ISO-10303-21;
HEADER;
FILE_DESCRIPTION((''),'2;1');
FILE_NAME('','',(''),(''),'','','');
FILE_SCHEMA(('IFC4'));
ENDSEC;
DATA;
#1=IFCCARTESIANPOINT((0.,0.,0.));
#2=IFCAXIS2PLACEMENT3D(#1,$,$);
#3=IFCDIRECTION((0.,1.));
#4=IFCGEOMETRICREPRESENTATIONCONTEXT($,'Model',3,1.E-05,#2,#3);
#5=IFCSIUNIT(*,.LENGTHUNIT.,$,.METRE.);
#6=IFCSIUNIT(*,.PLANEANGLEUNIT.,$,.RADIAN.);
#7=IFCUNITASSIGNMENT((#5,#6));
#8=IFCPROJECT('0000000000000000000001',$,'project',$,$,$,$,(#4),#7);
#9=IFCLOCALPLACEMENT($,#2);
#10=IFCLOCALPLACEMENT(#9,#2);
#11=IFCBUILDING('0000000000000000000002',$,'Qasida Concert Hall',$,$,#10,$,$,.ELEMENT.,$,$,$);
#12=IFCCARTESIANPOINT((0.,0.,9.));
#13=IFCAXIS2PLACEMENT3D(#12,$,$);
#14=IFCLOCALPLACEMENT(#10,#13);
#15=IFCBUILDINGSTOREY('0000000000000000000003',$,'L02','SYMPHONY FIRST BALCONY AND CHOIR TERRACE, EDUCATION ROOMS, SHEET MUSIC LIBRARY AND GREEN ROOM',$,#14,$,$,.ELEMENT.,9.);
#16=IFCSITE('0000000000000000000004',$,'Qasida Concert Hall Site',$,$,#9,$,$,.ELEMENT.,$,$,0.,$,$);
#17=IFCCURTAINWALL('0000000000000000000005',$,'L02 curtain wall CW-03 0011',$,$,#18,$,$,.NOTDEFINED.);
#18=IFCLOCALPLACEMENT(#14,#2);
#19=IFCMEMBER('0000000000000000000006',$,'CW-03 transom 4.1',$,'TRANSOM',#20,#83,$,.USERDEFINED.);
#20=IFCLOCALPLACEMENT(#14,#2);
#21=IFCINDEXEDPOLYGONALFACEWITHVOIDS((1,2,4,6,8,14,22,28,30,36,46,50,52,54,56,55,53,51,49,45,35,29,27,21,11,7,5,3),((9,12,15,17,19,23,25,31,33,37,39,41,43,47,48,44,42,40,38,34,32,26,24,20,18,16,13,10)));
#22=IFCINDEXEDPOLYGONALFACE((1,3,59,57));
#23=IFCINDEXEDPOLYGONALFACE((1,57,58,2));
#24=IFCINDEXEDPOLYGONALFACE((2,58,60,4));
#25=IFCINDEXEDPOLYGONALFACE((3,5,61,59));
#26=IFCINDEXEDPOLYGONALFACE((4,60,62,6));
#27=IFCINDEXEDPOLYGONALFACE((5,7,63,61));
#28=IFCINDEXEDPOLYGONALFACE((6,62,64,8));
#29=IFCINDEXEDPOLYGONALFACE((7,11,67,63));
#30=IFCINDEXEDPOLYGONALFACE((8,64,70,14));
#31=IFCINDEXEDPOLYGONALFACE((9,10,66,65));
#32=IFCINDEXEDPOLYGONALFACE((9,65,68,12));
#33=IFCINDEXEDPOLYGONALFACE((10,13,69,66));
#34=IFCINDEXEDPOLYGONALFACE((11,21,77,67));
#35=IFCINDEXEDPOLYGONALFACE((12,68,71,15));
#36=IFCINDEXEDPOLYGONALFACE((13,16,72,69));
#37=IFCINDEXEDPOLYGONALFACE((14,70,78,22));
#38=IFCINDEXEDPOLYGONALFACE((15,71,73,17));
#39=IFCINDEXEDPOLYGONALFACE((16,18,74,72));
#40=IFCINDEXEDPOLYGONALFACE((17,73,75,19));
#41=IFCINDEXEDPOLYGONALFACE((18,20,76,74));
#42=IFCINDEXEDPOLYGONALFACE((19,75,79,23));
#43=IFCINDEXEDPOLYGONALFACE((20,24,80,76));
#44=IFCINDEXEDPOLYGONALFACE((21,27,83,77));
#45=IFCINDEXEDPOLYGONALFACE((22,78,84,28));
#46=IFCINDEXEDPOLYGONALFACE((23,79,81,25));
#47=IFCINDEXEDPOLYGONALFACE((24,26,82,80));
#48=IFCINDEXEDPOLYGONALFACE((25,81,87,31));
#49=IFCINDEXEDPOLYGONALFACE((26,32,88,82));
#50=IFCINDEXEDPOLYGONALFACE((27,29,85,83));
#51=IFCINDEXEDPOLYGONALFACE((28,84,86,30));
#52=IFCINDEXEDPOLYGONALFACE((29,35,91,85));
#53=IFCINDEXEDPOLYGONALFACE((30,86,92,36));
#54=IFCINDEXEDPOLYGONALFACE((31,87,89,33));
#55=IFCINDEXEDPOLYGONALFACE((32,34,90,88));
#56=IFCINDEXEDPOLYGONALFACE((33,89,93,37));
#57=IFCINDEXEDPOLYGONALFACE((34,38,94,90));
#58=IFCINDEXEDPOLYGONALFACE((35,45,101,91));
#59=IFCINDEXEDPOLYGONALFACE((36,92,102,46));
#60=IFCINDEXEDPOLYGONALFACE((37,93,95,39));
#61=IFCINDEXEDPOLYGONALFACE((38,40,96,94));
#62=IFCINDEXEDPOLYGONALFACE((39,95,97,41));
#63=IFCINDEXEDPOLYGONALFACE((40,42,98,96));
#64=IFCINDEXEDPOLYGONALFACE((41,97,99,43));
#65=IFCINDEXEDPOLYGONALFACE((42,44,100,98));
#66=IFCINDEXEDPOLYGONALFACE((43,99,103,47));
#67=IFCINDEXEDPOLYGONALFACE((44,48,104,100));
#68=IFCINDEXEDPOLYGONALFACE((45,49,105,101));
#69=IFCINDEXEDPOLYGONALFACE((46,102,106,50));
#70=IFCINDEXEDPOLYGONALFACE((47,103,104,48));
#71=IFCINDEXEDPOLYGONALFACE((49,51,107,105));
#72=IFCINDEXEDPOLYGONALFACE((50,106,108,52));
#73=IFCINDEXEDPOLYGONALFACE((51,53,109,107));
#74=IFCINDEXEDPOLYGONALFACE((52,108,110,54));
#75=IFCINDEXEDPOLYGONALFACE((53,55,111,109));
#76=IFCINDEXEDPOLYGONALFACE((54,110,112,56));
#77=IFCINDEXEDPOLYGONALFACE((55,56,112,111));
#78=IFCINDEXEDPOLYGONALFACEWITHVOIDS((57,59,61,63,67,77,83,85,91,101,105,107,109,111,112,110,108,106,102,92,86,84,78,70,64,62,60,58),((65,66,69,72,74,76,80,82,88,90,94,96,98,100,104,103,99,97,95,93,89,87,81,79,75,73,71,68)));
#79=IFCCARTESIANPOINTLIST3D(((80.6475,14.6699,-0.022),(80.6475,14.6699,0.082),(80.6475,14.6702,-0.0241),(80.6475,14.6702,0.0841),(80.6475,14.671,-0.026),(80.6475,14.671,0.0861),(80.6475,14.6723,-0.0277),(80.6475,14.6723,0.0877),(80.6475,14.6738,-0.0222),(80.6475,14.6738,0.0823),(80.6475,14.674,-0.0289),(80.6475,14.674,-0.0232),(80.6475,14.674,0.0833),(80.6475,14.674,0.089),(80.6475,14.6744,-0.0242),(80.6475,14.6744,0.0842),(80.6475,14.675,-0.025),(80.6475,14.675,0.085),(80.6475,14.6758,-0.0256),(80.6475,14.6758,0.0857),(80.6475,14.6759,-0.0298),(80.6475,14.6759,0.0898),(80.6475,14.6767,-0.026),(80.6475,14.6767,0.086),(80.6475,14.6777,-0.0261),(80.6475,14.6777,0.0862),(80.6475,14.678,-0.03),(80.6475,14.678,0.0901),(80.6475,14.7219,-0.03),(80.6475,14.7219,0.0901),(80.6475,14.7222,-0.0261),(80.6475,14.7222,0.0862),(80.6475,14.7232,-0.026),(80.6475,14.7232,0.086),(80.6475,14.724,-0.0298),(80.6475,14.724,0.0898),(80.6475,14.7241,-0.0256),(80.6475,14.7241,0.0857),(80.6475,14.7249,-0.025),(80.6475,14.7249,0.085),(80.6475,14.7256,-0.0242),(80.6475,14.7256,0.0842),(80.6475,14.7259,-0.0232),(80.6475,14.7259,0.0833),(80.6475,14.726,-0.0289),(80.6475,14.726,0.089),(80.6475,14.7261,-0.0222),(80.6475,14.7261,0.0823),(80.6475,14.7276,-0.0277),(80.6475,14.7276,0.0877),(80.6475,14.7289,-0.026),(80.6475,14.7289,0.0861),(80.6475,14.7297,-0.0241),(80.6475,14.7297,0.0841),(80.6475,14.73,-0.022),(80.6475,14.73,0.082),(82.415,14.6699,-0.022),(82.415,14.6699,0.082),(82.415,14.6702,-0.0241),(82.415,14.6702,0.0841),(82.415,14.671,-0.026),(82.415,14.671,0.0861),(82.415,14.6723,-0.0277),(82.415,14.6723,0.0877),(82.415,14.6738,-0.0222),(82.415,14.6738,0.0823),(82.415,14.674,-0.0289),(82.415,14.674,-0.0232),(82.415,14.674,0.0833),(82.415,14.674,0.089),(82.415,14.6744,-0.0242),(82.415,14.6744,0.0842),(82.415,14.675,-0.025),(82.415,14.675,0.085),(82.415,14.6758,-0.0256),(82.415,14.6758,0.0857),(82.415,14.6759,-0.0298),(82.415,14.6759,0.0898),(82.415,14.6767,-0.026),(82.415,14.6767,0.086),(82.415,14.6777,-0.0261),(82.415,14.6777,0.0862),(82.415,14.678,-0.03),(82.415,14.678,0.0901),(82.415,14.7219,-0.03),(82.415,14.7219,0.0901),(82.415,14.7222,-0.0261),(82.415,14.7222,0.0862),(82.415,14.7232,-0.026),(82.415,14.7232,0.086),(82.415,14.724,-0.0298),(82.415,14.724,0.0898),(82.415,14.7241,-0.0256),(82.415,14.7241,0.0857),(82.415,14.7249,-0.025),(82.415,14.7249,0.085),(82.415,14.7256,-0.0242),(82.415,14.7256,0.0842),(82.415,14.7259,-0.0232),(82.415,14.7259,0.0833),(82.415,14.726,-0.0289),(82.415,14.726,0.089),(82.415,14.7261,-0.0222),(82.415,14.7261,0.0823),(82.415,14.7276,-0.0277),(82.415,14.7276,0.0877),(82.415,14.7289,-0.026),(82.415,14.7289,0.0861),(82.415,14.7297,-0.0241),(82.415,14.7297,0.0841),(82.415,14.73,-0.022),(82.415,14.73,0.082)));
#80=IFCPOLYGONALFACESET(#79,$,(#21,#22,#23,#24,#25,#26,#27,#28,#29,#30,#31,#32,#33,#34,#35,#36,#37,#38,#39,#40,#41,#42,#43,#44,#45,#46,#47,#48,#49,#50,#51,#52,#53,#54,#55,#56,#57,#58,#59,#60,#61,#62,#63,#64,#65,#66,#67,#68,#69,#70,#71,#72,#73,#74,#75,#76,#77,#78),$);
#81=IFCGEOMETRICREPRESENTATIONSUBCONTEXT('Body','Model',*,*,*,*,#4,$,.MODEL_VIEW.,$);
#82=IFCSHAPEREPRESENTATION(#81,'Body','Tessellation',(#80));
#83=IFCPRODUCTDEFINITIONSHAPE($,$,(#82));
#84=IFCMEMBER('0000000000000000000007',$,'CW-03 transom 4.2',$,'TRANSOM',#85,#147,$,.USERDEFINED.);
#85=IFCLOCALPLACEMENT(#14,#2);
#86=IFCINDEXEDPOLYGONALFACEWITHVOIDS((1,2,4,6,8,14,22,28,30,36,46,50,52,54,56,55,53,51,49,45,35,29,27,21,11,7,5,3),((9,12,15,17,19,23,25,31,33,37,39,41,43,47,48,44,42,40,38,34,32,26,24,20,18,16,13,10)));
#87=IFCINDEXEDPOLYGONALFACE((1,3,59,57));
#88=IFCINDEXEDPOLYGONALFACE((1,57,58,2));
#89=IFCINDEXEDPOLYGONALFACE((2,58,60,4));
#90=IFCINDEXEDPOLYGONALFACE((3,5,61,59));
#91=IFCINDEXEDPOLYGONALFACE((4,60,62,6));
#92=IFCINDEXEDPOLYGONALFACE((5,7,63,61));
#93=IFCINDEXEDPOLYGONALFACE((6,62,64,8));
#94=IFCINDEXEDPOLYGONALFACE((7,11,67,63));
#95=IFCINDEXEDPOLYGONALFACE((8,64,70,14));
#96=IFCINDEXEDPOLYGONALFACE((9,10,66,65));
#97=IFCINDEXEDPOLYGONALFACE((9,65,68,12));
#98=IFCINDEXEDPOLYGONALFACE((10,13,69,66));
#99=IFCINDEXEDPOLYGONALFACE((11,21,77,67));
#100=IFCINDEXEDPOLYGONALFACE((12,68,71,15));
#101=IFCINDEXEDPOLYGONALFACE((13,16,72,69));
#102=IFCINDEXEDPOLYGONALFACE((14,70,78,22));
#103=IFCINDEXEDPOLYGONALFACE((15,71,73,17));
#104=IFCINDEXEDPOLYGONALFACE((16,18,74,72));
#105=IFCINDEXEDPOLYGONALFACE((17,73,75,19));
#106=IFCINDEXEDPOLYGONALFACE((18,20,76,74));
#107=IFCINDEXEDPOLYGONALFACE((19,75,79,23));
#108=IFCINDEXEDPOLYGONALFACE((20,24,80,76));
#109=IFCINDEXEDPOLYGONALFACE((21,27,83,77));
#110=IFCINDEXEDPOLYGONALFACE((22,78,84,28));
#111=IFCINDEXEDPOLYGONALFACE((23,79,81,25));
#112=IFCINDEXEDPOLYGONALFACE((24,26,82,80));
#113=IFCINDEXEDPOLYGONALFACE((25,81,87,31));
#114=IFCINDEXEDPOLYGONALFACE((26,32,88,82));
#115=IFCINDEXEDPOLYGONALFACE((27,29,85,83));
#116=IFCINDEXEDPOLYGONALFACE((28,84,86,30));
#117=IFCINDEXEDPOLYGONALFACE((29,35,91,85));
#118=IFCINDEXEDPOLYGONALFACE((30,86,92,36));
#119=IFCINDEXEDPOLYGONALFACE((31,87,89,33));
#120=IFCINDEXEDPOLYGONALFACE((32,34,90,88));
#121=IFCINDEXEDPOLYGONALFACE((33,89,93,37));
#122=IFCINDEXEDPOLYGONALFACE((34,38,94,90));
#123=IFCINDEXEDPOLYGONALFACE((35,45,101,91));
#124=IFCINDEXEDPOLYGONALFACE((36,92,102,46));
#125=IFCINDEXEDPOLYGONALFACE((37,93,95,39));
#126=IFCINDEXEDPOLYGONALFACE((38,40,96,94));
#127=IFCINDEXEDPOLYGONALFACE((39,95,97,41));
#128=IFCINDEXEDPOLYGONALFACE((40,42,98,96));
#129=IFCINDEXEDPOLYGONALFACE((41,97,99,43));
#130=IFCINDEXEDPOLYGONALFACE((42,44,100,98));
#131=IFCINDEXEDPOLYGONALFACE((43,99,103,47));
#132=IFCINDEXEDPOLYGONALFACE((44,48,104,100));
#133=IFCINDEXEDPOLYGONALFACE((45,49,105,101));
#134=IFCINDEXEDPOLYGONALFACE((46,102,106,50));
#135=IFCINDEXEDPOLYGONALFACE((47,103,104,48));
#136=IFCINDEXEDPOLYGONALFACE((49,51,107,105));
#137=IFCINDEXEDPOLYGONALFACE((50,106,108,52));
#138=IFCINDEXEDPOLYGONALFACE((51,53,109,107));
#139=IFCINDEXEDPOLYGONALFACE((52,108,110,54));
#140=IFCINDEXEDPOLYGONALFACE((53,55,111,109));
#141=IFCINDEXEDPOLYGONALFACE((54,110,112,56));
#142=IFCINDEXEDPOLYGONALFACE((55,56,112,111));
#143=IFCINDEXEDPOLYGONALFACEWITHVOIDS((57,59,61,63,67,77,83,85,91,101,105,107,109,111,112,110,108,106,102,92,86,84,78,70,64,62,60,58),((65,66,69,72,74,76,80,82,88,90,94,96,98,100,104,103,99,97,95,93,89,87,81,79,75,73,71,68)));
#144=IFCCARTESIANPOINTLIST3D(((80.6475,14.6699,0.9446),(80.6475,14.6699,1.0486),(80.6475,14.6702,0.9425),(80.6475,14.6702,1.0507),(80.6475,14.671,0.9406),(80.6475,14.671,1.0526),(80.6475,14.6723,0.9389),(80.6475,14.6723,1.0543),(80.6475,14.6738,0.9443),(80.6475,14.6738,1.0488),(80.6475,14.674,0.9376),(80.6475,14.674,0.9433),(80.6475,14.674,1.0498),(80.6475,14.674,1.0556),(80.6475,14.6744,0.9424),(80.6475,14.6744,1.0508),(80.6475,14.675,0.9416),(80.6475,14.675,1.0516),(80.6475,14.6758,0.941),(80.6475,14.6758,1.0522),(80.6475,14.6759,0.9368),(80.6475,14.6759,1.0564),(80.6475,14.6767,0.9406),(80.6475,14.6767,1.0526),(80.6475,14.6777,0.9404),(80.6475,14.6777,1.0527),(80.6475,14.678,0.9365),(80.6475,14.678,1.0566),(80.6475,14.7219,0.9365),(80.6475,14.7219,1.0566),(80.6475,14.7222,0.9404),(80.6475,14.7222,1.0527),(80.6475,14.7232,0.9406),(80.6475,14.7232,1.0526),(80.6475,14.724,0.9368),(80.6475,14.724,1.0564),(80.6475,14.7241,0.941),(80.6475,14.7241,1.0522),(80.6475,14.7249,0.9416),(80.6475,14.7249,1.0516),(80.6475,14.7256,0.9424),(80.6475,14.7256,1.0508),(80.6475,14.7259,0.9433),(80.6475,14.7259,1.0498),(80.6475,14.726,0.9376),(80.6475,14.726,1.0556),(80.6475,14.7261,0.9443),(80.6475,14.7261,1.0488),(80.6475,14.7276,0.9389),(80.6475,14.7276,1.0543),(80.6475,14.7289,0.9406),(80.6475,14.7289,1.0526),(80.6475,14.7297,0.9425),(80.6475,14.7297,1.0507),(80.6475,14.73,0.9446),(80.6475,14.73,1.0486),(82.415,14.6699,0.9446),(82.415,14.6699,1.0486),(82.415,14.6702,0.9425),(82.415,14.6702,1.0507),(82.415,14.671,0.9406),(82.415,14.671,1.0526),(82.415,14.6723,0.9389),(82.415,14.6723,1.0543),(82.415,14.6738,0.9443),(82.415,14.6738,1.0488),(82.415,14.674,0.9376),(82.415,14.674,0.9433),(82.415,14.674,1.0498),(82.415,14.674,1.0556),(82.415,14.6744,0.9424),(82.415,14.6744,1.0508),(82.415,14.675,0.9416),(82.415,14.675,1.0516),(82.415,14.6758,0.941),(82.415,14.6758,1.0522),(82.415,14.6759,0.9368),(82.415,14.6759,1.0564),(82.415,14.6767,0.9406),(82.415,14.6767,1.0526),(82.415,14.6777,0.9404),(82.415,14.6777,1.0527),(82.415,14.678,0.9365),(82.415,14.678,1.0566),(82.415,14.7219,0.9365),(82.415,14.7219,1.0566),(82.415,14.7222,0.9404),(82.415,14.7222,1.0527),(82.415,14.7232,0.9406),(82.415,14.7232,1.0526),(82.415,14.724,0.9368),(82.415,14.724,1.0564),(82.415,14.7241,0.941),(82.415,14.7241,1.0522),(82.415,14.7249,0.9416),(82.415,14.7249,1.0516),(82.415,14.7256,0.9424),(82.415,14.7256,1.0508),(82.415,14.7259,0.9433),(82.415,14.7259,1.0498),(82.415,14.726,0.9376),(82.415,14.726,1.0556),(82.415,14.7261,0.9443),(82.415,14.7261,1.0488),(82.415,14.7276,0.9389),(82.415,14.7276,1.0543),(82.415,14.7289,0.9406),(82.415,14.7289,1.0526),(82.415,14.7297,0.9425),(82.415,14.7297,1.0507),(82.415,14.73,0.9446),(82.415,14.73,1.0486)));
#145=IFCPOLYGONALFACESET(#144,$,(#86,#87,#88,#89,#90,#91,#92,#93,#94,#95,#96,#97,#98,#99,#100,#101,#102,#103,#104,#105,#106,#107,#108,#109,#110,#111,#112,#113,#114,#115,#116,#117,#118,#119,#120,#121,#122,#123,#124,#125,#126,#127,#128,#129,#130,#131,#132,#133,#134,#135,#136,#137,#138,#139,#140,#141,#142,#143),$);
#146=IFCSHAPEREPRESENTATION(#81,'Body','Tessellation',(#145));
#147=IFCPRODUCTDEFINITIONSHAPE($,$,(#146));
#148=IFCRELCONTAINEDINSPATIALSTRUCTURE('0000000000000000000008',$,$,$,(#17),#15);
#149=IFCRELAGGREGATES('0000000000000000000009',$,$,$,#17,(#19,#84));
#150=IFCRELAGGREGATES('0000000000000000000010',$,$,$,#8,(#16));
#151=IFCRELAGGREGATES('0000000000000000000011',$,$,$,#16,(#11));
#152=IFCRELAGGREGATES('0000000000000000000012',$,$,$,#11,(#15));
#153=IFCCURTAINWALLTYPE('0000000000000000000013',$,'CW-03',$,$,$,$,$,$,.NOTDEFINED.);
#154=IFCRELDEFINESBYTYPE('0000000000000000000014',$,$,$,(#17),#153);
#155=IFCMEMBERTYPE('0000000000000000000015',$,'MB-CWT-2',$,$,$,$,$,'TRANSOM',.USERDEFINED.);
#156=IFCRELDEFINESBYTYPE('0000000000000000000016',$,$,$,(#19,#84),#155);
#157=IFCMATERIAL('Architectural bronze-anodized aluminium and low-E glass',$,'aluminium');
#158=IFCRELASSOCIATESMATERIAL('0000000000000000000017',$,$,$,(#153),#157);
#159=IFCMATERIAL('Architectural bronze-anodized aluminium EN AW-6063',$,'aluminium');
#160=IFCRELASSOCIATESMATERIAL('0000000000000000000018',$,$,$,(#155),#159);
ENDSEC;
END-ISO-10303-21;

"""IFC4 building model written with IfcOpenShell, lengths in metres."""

from ifc_helpers import new_model, si_unit, direction, frame, origin, origin_2d, place, context, subcontext, project, spatial, hollow_rectangle, extrude, material, material_profile, profile_set, type_object, element, aggregate, save


model = new_model("IFC4")

# Units and contexts
model_context = context("Model", 3, precision=1e-05, world=origin(), true_north=direction((0.0, 1.0)))
body_context = subcontext(model_context, "Body", "Model", "MODEL_VIEW")
ifc_project = project(units=[si_unit("LENGTHUNIT", "METRE"), si_unit("PLANEANGLEUNIT", "RADIAN")], contexts=[model_context])

# Site, building, storey
site_placement = place(None, origin())
site = spatial("IfcSite", under=ifc_project, at=site_placement, Name="Qasida Concert Hall Site", CompositionType="ELEMENT", RefElevation=0.0)
building_placement = place(site_placement, origin())
building = spatial("IfcBuilding", under=site, at=building_placement, Name="Qasida Concert Hall", CompositionType="ELEMENT")
storey_placement = place(building_placement, frame((0.0, 0.0, 9.0)))
storey = spatial("IfcBuildingStorey", under=building, at=storey_placement, Name="L02", Description="SYMPHONY FIRST BALCONY AND CHOIR TERRACE, EDUCATION ROOMS, SHEET MUSIC LIBRARY AND GREEN ROOM", CompositionType="ELEMENT", Elevation=9.0)

# Curtain wall, members
ifc_material_1 = material(Name="Architectural bronze-anodized aluminium and low-E glass", Category="aluminium")
curtain_wall_type = type_object("IfcCurtainWallType", Name="CW-03", PredefinedType="NOTDEFINED", material=ifc_material_1)
curtain_wall_placement = place(storey_placement, origin())
curtain_wall = element("IfcCurtainWall", 1, at=curtain_wall_placement, inside=storey, type_object=curtain_wall_type, Name="L02 curtain wall CW-03 0011", PredefinedType="NOTDEFINED")
ifc_material_2 = material(Name="Architectural bronze-anodized aluminium EN AW-6063", Category="aluminium")
ifc_material_profile_1 = material_profile(ifc_material_2, hollow_rectangle(XDim=0.0601, YDim=0.1201, WallThickness=0.0039, InnerFilletRadius=0.0039, OuterFilletRadius=0.0081, at=origin_2d()), Name="CWT 120x60x4")
ifc_profile_set_1 = profile_set([ifc_material_profile_1], Name="Architectural bronze-anodized aluminium EN AW-6063")
member_type_1 = type_object("IfcMemberType", Name="MB-CWT-2", ElementType="TRANSOM", PredefinedType="USERDEFINED", material=ifc_profile_set_1)
member_1_placement = place(storey_placement, frame((80.6475, 14.7, 0.03), z_axis=(1.0, 0.0, 0.0), x_axis=(0.0, 1.0, 0.0)))
member_1 = element("IfcMember", 2, at=member_1_placement, type_object=member_type_1, Name="CW-03 transom 4.1", ObjectType="TRANSOM", PredefinedType="USERDEFINED", context=body_context, shape_type="SweptSolid", body=[
    extrude(hollow_rectangle(XDim=0.0601, YDim=0.1201, WallThickness=0.0039, InnerFilletRadius=0.0039, OuterFilletRadius=0.0081, at=origin_2d()), origin(), (0.0, 0.0, 1.0), 1.7676),
])
member_2_placement = place(storey_placement, frame((80.6475, 14.7, 0.9966), z_axis=(1.0, 0.0, 0.0), x_axis=(0.0, 1.0, 0.0)))
member_2 = element("IfcMember", 3, at=member_2_placement, type_object=member_type_1, Name="CW-03 transom 4.2", ObjectType="TRANSOM", PredefinedType="USERDEFINED", context=body_context, shape_type="SweptSolid", body=[
    extrude(hollow_rectangle(XDim=0.0601, YDim=0.1201, WallThickness=0.0039, InnerFilletRadius=0.0039, OuterFilletRadius=0.0081, at=origin_2d()), origin(), (0.0, 0.0, 1.0), 1.7676),
])
aggregate(curtain_wall, [member_1, member_2])

save(model, "model.ifc")
